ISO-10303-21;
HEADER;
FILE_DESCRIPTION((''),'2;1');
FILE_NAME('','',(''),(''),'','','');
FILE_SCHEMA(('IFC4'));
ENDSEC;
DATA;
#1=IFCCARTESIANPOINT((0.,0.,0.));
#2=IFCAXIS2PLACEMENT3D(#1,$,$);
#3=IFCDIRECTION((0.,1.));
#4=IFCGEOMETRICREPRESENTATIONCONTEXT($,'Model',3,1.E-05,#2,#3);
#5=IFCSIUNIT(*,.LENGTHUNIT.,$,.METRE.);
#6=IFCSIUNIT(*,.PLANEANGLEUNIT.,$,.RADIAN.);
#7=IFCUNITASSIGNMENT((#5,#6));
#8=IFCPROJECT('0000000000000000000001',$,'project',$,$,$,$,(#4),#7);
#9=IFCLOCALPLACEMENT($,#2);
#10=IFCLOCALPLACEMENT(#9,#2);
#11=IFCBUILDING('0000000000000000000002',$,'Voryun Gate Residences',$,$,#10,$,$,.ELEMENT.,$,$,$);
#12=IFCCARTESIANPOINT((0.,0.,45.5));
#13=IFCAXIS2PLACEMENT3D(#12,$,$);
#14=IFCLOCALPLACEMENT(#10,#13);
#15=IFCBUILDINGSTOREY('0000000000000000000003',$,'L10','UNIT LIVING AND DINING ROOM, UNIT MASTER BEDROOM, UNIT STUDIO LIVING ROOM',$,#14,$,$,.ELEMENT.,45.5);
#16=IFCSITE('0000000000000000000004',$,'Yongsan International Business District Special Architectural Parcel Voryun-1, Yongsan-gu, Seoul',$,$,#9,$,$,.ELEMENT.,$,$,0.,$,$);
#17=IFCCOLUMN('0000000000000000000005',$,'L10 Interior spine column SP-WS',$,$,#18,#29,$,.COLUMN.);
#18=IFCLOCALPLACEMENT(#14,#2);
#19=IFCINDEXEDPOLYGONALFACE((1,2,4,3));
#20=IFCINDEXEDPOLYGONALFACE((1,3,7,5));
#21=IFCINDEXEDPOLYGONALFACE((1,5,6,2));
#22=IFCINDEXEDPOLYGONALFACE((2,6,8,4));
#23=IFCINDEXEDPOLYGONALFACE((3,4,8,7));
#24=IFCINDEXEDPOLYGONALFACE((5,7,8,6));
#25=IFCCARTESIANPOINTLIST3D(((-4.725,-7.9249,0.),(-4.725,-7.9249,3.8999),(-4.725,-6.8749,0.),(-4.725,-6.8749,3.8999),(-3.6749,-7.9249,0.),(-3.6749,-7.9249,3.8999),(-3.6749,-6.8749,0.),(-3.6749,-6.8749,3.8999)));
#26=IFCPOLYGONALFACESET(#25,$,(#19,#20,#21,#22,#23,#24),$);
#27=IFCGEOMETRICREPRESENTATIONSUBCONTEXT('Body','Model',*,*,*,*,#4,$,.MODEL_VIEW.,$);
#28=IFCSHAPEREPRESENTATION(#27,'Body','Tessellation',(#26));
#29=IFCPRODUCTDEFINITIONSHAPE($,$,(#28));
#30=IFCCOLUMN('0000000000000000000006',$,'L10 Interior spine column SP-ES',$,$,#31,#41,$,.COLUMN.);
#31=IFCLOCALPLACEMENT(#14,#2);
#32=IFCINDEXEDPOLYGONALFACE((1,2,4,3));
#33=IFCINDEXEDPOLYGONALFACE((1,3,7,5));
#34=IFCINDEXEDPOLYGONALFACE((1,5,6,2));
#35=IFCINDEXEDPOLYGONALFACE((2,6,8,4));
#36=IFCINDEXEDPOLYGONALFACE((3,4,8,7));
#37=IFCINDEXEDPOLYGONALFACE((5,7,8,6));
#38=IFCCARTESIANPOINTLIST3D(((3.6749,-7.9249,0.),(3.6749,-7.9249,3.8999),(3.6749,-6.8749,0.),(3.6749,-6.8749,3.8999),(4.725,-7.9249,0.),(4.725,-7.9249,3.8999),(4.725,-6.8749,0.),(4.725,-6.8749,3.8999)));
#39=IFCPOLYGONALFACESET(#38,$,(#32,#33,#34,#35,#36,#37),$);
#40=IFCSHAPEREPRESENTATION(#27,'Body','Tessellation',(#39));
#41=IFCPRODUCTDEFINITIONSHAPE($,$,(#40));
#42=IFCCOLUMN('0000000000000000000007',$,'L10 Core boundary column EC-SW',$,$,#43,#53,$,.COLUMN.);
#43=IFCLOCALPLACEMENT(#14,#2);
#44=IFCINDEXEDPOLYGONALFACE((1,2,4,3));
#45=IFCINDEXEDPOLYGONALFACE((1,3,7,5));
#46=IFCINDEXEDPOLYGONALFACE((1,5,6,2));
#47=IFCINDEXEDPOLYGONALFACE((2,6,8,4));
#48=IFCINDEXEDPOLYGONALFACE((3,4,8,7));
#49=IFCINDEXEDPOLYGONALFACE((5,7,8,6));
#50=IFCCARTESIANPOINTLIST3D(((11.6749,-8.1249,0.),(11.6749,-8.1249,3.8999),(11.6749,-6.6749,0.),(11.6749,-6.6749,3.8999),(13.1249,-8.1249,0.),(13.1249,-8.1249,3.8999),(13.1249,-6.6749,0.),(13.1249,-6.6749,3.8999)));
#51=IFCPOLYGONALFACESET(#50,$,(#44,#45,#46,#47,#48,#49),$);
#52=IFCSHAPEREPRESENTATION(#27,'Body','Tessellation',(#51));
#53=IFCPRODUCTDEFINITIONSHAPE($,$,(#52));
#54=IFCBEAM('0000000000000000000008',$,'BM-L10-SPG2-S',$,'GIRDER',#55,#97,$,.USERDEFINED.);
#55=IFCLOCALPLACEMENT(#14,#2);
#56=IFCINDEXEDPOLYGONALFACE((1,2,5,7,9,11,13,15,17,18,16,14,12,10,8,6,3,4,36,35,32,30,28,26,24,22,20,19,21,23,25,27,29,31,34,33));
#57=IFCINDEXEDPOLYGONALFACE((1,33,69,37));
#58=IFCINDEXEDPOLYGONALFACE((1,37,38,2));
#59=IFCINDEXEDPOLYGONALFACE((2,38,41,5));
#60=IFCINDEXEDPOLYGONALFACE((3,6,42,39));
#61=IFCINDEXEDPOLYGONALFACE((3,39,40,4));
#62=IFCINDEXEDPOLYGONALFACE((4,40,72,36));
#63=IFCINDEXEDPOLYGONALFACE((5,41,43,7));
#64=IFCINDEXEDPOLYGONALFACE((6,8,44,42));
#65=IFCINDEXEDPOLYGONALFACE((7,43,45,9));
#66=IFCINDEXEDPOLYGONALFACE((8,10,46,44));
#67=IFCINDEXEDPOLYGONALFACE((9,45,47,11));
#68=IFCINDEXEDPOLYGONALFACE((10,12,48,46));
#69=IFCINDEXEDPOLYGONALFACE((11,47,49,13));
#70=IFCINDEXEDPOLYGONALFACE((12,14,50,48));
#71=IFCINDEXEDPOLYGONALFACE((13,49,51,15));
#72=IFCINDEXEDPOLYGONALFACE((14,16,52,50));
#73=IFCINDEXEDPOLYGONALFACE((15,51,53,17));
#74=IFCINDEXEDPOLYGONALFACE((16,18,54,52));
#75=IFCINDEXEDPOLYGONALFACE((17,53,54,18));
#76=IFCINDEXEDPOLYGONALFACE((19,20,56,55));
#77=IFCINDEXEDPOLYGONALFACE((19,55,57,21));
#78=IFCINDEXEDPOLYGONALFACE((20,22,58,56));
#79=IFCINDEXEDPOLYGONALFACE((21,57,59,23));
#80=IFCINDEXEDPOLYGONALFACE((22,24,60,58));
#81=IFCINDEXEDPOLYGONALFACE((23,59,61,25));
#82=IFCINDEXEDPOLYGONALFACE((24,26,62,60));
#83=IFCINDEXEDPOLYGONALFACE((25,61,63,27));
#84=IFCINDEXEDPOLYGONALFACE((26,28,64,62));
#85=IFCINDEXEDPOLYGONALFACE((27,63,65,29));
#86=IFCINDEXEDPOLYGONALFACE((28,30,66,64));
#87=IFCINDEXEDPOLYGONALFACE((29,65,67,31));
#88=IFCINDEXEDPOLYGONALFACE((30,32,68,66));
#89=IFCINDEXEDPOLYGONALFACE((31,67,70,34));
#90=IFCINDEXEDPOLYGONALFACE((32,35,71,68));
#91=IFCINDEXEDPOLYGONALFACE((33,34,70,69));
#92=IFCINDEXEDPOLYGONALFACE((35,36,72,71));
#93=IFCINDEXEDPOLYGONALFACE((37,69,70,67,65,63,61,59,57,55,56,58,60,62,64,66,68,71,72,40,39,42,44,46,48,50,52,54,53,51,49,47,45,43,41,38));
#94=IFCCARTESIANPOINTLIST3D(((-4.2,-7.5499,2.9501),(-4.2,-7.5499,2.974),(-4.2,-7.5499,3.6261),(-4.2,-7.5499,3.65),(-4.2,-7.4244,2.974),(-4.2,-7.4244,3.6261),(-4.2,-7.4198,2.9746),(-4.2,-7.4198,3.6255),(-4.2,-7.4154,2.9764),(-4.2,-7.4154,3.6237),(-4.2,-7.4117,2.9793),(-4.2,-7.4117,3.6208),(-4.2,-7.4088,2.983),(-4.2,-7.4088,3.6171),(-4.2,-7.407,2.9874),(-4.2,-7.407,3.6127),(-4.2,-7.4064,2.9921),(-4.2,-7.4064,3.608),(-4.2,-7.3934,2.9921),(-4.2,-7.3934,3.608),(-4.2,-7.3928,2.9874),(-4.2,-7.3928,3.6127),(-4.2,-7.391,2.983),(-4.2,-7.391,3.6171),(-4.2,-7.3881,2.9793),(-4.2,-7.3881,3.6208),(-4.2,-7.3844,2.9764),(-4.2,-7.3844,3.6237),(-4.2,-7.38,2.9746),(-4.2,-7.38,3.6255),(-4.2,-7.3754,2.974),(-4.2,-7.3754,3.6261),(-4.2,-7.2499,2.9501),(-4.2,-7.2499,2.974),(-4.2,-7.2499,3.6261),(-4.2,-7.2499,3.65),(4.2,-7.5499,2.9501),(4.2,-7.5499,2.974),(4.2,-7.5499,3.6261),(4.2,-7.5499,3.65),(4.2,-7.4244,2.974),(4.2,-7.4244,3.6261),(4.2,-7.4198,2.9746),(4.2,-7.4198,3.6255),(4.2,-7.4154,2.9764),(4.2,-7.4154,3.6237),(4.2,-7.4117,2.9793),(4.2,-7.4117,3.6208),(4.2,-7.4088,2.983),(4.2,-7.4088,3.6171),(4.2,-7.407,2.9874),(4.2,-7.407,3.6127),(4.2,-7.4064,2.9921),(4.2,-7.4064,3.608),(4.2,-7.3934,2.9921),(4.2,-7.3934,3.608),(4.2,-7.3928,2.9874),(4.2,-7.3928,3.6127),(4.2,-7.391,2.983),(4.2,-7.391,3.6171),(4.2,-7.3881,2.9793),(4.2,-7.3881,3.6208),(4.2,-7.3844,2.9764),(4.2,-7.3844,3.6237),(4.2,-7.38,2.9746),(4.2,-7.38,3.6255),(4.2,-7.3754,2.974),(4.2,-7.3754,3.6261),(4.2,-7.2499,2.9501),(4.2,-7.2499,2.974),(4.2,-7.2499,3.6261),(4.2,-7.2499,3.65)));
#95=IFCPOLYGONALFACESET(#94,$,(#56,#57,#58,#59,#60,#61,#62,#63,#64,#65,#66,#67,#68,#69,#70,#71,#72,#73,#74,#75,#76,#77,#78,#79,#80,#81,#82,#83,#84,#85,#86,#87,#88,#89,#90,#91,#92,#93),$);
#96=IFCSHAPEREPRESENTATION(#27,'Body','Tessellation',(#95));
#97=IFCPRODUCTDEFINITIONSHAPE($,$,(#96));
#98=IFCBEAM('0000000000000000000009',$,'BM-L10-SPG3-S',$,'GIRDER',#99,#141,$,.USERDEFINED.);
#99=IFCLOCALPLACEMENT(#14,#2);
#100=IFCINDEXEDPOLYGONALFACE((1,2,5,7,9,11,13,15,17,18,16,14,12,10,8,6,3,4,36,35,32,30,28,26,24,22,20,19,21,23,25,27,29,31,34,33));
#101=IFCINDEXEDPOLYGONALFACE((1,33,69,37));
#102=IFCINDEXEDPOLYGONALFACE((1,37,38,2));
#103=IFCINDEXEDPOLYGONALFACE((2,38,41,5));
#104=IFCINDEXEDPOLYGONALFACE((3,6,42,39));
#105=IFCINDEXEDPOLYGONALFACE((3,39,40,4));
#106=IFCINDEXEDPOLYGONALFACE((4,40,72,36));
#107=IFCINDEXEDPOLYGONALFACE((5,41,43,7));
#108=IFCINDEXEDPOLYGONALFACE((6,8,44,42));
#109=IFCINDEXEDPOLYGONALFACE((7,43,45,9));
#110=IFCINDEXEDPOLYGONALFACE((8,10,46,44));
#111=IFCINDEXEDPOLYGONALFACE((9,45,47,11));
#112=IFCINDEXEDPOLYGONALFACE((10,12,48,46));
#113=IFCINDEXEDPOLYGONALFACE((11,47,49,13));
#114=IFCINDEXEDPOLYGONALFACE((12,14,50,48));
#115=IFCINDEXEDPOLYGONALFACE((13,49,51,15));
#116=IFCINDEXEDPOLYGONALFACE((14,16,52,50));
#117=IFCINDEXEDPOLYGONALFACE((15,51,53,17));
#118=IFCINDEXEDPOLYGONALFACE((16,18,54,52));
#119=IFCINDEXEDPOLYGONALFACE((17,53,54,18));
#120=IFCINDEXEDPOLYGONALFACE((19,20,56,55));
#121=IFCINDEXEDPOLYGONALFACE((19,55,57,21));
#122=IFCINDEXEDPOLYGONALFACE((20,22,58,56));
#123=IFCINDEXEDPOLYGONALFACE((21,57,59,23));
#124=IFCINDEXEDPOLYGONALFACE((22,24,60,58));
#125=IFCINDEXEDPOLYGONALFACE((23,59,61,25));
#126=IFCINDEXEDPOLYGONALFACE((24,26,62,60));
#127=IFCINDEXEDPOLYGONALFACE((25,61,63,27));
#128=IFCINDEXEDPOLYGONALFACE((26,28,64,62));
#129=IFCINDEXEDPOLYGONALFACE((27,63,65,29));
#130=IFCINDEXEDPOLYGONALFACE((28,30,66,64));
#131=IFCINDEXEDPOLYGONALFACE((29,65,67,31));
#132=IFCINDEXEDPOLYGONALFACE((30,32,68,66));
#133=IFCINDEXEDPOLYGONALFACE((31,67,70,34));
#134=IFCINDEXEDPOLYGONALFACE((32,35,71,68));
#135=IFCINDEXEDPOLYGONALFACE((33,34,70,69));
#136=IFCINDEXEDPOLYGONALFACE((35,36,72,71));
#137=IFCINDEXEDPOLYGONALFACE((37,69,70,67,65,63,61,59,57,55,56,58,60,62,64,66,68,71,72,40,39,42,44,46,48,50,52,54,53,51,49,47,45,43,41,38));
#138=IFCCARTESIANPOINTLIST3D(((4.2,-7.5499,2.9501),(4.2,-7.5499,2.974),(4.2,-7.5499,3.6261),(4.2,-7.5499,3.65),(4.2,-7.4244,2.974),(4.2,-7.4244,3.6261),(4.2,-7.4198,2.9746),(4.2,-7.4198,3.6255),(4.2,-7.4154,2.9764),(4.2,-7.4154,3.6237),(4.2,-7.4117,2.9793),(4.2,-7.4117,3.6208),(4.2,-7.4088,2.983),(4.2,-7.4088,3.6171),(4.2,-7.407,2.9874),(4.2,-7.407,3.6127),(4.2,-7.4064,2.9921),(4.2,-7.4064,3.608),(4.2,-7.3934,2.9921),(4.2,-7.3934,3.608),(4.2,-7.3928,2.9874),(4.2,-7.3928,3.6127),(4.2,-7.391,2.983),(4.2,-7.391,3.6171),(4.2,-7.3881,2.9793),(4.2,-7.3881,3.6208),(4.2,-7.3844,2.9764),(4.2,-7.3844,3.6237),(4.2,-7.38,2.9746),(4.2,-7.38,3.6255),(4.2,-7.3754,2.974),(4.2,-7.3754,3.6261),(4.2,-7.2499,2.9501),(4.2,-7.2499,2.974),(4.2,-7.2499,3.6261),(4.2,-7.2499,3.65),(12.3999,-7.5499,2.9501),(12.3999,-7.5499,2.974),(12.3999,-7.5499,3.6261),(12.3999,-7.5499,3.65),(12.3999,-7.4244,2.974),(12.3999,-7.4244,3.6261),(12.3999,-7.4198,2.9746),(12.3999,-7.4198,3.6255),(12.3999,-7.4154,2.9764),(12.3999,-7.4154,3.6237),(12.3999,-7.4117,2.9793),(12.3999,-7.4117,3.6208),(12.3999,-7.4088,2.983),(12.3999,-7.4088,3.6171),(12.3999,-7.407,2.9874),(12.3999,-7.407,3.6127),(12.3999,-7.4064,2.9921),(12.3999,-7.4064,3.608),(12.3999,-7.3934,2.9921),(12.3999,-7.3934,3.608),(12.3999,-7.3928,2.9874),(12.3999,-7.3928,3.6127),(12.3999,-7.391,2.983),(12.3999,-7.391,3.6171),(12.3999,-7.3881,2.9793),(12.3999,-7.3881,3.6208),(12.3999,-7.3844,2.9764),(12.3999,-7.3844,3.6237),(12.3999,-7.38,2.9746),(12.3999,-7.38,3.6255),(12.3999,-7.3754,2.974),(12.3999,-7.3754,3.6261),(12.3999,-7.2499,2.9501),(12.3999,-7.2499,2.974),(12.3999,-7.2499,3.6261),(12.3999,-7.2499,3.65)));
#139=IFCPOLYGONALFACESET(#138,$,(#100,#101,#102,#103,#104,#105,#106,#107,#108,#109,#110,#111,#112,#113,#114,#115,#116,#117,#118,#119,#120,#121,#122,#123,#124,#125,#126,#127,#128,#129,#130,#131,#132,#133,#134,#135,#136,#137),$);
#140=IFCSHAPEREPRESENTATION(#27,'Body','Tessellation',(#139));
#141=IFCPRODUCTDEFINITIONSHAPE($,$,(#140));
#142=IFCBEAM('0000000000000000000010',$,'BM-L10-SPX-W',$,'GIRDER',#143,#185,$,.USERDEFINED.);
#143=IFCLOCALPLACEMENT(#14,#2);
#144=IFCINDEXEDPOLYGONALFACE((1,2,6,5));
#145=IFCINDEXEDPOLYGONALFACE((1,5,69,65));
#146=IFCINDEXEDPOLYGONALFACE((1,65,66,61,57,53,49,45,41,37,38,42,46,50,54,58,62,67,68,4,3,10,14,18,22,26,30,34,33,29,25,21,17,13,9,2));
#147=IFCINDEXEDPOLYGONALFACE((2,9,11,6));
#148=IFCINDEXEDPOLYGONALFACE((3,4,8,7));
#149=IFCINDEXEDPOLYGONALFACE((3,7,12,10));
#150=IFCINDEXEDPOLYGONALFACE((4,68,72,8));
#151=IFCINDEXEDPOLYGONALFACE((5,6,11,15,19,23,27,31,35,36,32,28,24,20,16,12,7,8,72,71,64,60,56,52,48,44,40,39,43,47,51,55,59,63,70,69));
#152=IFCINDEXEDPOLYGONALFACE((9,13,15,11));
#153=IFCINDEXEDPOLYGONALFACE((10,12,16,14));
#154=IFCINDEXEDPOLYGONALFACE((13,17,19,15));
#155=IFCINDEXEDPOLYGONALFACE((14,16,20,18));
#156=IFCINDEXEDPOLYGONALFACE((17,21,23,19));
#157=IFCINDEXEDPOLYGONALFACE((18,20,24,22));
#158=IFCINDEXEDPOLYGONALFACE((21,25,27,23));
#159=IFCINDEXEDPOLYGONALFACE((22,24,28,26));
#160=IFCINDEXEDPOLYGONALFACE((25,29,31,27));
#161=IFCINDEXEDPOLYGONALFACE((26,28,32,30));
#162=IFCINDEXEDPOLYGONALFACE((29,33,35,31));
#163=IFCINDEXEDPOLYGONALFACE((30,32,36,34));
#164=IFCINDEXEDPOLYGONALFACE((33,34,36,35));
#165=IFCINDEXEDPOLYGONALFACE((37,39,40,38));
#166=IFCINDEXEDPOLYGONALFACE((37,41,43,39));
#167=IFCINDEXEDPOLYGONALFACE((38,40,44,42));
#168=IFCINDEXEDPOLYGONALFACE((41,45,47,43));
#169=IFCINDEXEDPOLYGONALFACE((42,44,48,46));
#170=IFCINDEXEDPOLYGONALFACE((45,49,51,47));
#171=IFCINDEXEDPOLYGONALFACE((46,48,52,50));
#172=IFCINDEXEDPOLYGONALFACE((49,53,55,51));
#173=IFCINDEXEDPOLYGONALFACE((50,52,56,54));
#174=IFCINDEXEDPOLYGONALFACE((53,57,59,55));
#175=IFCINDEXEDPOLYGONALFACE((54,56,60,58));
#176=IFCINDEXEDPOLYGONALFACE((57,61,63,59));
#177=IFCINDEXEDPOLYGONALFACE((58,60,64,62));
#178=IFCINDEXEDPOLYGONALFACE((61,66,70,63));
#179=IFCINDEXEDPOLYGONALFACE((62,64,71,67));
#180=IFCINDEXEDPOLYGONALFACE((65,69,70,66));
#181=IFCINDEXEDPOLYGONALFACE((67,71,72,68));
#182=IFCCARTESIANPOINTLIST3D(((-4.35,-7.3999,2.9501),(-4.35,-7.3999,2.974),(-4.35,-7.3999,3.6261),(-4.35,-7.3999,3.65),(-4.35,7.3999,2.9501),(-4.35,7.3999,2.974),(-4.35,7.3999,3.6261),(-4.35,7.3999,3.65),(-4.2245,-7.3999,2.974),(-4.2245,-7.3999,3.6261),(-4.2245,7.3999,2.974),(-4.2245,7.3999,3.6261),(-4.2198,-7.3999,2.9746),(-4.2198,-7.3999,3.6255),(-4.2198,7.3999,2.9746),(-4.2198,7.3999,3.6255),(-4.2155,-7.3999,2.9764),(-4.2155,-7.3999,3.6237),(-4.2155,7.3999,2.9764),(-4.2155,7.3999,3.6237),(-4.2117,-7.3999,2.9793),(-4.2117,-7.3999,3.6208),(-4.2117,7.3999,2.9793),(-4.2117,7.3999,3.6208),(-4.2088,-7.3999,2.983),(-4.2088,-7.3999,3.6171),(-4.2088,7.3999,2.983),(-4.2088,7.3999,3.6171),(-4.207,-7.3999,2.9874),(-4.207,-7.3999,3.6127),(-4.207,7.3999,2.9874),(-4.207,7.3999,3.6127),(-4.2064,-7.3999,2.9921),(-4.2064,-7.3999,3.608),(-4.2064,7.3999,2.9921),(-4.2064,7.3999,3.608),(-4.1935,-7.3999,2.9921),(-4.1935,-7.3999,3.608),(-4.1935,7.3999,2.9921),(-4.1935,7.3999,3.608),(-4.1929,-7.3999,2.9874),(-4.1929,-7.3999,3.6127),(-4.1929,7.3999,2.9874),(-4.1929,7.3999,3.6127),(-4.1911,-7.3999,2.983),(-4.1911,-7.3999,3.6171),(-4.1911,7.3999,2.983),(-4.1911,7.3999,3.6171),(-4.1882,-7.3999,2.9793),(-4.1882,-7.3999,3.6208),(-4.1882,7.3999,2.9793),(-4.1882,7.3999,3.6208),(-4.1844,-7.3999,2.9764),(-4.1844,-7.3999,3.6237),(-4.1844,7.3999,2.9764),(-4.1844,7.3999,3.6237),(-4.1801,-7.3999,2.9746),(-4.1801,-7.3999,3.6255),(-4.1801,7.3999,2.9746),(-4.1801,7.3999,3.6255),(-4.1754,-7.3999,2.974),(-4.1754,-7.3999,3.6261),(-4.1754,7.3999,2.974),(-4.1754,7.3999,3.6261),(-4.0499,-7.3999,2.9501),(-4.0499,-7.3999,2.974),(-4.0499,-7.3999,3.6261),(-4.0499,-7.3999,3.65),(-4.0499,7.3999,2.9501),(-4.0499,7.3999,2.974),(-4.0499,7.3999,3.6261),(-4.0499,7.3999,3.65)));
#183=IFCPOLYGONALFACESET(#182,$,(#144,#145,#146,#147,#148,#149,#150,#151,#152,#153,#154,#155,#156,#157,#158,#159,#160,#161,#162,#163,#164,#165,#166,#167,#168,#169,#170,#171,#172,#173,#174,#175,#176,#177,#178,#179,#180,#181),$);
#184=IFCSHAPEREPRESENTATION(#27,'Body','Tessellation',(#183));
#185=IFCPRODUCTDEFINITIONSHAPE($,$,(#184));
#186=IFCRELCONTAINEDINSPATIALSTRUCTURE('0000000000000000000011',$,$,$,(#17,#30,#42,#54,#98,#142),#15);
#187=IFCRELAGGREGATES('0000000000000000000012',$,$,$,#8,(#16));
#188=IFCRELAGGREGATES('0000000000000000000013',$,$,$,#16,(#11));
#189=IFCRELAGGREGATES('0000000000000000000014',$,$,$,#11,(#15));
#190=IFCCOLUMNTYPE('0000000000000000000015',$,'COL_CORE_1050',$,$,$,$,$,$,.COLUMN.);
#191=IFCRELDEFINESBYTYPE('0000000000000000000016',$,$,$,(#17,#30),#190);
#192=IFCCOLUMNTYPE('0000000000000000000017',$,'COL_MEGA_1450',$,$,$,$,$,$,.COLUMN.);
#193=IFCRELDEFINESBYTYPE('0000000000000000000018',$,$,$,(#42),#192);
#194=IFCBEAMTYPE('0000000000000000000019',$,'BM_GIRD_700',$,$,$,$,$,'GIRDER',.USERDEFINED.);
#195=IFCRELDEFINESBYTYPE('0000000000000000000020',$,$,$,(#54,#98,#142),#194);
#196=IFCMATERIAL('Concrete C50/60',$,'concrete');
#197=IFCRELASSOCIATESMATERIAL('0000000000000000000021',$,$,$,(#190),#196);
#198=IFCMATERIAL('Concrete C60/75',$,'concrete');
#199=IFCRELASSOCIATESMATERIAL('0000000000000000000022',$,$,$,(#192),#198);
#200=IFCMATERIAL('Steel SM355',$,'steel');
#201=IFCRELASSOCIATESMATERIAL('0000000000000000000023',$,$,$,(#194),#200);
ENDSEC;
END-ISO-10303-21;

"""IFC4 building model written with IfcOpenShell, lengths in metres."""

from ifc_helpers import new_model, si_unit, direction, frame, origin, origin_2d, place, context, subcontext, project, spatial, rectangle, i_section, extrude, material, material_profile, profile_set, type_object, element, save


model = new_model("IFC4")

# Units and contexts
model_context = context("Model", 3, precision=1e-05, world=origin(), true_north=direction((0.0, 1.0)))
body_context = subcontext(model_context, "Body", "Model", "MODEL_VIEW")
ifc_project = project(units=[si_unit("LENGTHUNIT", "METRE"), si_unit("PLANEANGLEUNIT", "RADIAN")], contexts=[model_context])

# Site, building, storey
site_placement = place(None, origin())
site = spatial("IfcSite", under=ifc_project, at=site_placement, Name="Yongsan International Business District Special Architectural Parcel Voryun-1, Yongsan-gu, Seoul", CompositionType="ELEMENT", RefElevation=0.0)
building_placement = place(site_placement, origin())
building = spatial("IfcBuilding", under=site, at=building_placement, Name="Voryun Gate Residences", CompositionType="ELEMENT")
storey_placement = place(building_placement, frame((0.0, 0.0, 45.5)))
storey = spatial("IfcBuildingStorey", under=building, at=storey_placement, Name="L10", Description="UNIT LIVING AND DINING ROOM, UNIT MASTER BEDROOM, UNIT STUDIO LIVING ROOM", CompositionType="ELEMENT", Elevation=45.5)

# Columns
ifc_material_1 = material(Name="Concrete C50/60", Category="concrete")
ifc_material_profile_1 = material_profile(ifc_material_1, rectangle(XDim=1.05, YDim=1.05, at=origin_2d()), Name="RC-1050x1050")
ifc_profile_set_1 = profile_set([ifc_material_profile_1], Name="Concrete C50/60")
column_type_1 = type_object("IfcColumnType", Name="COL_CORE_1050", PredefinedType="COLUMN", material=ifc_profile_set_1)
for number, where, z_axis, x_axis, name in (
    (1, (-4.2, -7.3999, 0.0), (0.0, 0.0, 1.0), (1.0, 0.0, 0.0), "L10 Interior spine column SP-WS"),
    (2, (4.2, -7.3999, 0.0), (0.0, 0.0, 1.0), (1.0, 0.0, 0.0), "L10 Interior spine column SP-ES"),
):
    element("IfcColumn", number, at=place(storey_placement, frame(where, z_axis=z_axis, x_axis=x_axis)), inside=storey, type_object=column_type_1, Name=name, PredefinedType="COLUMN", context=body_context, shape_type="SweptSolid", body=[
        extrude(rectangle(XDim=1.05, YDim=1.05, at=origin_2d()), origin(), (0.0, 0.0, 1.0), 3.8999),
    ])
ifc_material_2 = material(Name="Concrete C60/75", Category="concrete")
ifc_material_profile_2 = material_profile(ifc_material_2, rectangle(XDim=1.45, YDim=1.45, at=origin_2d()), Name="RC-1450x1450")
ifc_profile_set_2 = profile_set([ifc_material_profile_2], Name="Concrete C60/75")
column_type_2 = type_object("IfcColumnType", Name="COL_MEGA_1450", PredefinedType="COLUMN", material=ifc_profile_set_2)
column_placement = place(storey_placement, frame((12.3999, -7.3999, 0.0), z_axis=(0.0, 0.0, 1.0), x_axis=(1.0, 0.0, 0.0)))
element("IfcColumn", 3, at=column_placement, inside=storey, type_object=column_type_2, Name="L10 Core boundary column EC-SW", PredefinedType="COLUMN", context=body_context, shape_type="SweptSolid", body=[
    extrude(rectangle(XDim=1.45, YDim=1.45, at=origin_2d()), origin(), (0.0, 0.0, 1.0), 3.8999),
])

# Beams
ifc_material_3 = material(Name="Steel SM355", Category="steel")
ifc_material_profile_3 = material_profile(ifc_material_3, i_section(OverallWidth=0.3, OverallDepth=0.7, WebThickness=0.0129, FlangeThickness=0.0239, FilletRadius=0.0181, at=origin_2d()), Name="H-700x300x13x24")
ifc_profile_set_3 = profile_set([ifc_material_profile_3], Name="Steel SM355")
beam_type_1 = type_object("IfcBeamType", Name="BM_GIRD_700", ElementType="GIRDER", PredefinedType="USERDEFINED", material=ifc_profile_set_3)
beam_1_placement = place(storey_placement, frame((-4.2, -7.3999, 3.3), z_axis=(1.0, 0.0, 0.0), x_axis=(0.0, 1.0, 0.0)))
element("IfcBeam", 4, at=beam_1_placement, inside=storey, type_object=beam_type_1, Name="BM-L10-SPG2-S", ObjectType="GIRDER", PredefinedType="USERDEFINED", context=body_context, shape_type="SweptSolid", body=[
    extrude(i_section(OverallWidth=0.3, OverallDepth=0.7, WebThickness=0.0129, FlangeThickness=0.0239, FilletRadius=0.0181, at=origin_2d()), origin(), (0.0, 0.0, 1.0), 8.3999),
])
beam_2_placement = place(storey_placement, frame((4.2, -7.3999, 3.3), z_axis=(1.0, 0.0, 0.0), x_axis=(0.0, 1.0, 0.0)))
element("IfcBeam", 5, at=beam_2_placement, inside=storey, type_object=beam_type_1, Name="BM-L10-SPG3-S", ObjectType="GIRDER", PredefinedType="USERDEFINED", context=body_context, shape_type="SweptSolid", body=[
    extrude(i_section(OverallWidth=0.3, OverallDepth=0.7, WebThickness=0.0129, FlangeThickness=0.0239, FilletRadius=0.0181, at=origin_2d()), origin(), (0.0, 0.0, 1.0), 8.2),
])
for number, where, z_axis, x_axis, name in (
    (6, (-4.2, -7.3999, 3.3), (0.0, 1.0, 0.0), (-1.0, 0.0, 0.0), "BM-L10-SPX-W"),
):
    element("IfcBeam", number, at=place(storey_placement, frame(where, z_axis=z_axis, x_axis=x_axis)), inside=storey, type_object=beam_type_1, Name=name, ObjectType="GIRDER", PredefinedType="USERDEFINED", context=body_context, shape_type="SweptSolid", body=[
        extrude(i_section(OverallWidth=0.3, OverallDepth=0.7, WebThickness=0.0129, FlangeThickness=0.0239, FilletRadius=0.0181, at=origin_2d()), origin(), (0.0, 0.0, 1.0), 14.7998),
    ])

save(model, "model.ifc")
